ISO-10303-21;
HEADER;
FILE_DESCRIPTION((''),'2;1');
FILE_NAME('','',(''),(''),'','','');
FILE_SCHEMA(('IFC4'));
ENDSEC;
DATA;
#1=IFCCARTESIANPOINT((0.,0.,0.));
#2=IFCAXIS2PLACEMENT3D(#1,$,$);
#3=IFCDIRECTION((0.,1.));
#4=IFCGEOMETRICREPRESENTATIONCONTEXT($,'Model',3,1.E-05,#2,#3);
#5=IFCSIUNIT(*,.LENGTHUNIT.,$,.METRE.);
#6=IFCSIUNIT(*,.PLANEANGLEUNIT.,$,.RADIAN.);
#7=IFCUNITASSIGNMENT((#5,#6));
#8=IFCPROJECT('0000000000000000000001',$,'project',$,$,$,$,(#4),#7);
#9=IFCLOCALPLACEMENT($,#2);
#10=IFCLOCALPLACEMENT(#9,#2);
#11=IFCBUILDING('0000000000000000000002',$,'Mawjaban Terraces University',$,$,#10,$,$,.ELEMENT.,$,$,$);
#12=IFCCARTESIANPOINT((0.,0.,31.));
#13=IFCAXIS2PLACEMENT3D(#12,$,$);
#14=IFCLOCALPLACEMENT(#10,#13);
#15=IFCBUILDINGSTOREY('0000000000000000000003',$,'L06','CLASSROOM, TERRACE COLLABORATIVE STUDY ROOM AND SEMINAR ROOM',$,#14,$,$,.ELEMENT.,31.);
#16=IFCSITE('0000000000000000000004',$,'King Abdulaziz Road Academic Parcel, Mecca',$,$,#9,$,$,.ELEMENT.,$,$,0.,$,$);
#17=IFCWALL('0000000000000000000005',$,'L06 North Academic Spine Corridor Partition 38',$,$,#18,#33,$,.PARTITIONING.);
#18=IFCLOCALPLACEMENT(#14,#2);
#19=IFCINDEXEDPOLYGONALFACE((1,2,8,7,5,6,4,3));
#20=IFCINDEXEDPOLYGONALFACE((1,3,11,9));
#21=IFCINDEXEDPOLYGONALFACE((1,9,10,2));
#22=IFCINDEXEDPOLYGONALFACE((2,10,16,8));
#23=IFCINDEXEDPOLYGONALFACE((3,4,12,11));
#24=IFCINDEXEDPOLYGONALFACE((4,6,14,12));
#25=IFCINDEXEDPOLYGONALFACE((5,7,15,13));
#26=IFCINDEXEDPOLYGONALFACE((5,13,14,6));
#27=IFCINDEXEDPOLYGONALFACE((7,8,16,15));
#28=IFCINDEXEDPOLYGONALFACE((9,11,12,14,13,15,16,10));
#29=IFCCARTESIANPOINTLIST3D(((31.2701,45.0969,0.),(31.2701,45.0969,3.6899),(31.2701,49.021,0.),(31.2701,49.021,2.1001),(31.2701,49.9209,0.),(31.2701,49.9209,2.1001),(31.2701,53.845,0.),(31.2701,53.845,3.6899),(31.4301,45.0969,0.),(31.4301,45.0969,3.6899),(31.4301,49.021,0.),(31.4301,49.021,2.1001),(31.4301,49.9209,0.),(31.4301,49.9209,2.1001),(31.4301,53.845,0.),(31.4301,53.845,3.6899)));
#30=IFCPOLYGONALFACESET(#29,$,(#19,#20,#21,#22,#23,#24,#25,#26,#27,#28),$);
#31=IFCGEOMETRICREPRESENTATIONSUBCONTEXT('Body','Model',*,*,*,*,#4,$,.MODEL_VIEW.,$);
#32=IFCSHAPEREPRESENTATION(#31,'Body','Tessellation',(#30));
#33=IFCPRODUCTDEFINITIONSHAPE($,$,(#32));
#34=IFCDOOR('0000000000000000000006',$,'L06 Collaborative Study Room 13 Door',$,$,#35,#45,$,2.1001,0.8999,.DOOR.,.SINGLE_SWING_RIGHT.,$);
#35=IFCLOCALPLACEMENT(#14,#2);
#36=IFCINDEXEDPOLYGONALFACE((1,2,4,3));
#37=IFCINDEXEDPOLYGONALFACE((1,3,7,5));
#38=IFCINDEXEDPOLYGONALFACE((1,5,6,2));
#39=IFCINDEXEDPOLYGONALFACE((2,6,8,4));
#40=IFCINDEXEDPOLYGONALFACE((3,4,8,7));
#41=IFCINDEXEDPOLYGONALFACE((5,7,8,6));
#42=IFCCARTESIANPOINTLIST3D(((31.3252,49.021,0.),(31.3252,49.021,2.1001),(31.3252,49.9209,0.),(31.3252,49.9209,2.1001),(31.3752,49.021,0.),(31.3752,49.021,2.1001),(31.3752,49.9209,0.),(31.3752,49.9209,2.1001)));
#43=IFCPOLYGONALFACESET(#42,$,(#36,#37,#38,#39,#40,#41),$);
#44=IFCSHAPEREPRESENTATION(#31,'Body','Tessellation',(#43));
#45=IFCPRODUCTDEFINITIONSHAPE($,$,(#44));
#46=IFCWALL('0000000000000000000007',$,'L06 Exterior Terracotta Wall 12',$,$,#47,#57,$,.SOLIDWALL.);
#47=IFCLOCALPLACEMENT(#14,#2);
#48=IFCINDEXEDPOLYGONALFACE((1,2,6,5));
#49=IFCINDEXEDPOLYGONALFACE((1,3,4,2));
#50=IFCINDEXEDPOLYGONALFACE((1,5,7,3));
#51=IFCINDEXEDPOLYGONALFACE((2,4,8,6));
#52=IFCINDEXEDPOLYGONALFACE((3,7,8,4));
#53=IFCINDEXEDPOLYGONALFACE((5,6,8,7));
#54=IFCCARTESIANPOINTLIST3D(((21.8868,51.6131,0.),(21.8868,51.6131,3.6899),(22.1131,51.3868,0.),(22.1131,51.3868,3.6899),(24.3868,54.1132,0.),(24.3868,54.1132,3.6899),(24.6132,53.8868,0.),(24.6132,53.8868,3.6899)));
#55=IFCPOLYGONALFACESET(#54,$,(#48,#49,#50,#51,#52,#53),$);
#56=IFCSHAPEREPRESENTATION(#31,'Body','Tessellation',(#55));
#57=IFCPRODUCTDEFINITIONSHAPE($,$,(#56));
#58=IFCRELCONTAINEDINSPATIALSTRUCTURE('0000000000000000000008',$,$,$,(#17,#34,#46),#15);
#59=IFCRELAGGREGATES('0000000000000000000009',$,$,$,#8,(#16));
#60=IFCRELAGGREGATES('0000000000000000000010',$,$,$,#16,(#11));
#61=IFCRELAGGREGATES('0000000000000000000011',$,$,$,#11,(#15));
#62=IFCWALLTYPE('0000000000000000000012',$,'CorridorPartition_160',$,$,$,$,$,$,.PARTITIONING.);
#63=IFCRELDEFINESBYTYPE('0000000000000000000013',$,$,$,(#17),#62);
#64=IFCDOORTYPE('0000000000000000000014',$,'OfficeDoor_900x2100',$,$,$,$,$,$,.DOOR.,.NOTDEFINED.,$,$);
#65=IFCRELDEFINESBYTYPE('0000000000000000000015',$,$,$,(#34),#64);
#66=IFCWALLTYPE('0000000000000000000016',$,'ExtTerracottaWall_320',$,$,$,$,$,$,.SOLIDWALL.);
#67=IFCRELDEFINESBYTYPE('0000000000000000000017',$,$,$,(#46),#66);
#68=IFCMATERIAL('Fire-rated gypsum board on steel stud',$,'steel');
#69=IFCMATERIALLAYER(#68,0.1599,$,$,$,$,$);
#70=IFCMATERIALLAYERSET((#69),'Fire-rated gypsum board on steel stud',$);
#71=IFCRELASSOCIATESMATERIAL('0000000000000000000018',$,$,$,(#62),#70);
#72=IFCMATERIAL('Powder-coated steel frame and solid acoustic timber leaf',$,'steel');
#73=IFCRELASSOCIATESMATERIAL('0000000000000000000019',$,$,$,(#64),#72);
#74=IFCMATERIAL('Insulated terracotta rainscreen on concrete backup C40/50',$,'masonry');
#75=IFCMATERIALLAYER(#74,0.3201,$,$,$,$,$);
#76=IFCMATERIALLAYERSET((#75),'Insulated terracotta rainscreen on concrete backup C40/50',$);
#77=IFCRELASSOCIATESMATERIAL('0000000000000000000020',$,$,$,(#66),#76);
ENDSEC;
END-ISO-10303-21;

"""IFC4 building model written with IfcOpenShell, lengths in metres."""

from ifc_helpers import new_model, si_unit, direction, frame, frame_2d, origin, place, context, subcontext, project, spatial, rectangle, extrude, material, layer, layer_set, type_object, element, fill, save


model = new_model("IFC4")

# Units and contexts
model_context = context("Model", 3, precision=1e-05, world=origin(), true_north=direction((0.0, 1.0)))
body_context = subcontext(model_context, "Body", "Model", "MODEL_VIEW")
ifc_project = project(units=[si_unit("LENGTHUNIT", "METRE"), si_unit("PLANEANGLEUNIT", "RADIAN")], contexts=[model_context])

# Site, building, storey
site_placement = place(None, origin())
site = spatial("IfcSite", under=ifc_project, at=site_placement, Name="King Abdulaziz Road Academic Parcel, Mecca", CompositionType="ELEMENT", RefElevation=0.0)
building_placement = place(site_placement, origin())
building = spatial("IfcBuilding", under=site, at=building_placement, Name="Mawjaban Terraces University", CompositionType="ELEMENT")
storey_placement = place(building_placement, frame((0.0, 0.0, 31.0)))
storey = spatial("IfcBuildingStorey", under=building, at=storey_placement, Name="L06", Description="CLASSROOM, TERRACE COLLABORATIVE STUDY ROOM AND SEMINAR ROOM", CompositionType="ELEMENT", Elevation=31.0)

# Wall, opening, door
ifc_material_1 = material(Name="Powder-coated steel frame and solid acoustic timber leaf", Category="steel")
ifc_material_2 = material(Name="Fire-rated gypsum board on steel stud", Category="steel")
ifc_layer_1 = layer(ifc_material_2, 0.1599)
ifc_layer_set_1 = layer_set([ifc_layer_1], Name="Fire-rated gypsum board on steel stud")
wall_type_1 = type_object("IfcWallType", Name="CorridorPartition_160", PredefinedType="PARTITIONING", material=ifc_layer_set_1)
door_type_1 = type_object("IfcDoorType", Name="OfficeDoor_900x2100", OperationType="NOTDEFINED", PredefinedType="DOOR", material=ifc_material_1)
wall_1_placement = place(storey_placement, frame((31.3501, 45.0969, 0.0), z_axis=(0.0, 0.0, 1.0), x_axis=(0.0, 1.0, 0.0)))
wall_1 = element("IfcWall", 1, at=wall_1_placement, inside=storey, type_object=wall_type_1, Name="L06 North Academic Spine Corridor Partition 38", PredefinedType="PARTITIONING", context=body_context, shape_type="SweptSolid", body=[
    extrude(rectangle(XDim=8.748, YDim=0.1599, at=frame_2d((4.374, 0.0))), origin(), (0.0, 0.0, 1.0), 3.6899),
])
opening_1_placement = place(wall_1_placement, frame((3.9241, 0.0, 0.0)))
opening_1 = element("IfcOpeningElement", 2, at=opening_1_placement, cuts=wall_1, PredefinedType="OPENING", context=body_context, shape_type="SweptSolid", body=[
    extrude(rectangle(XDim=0.8999, YDim=2.1001, at=frame_2d((0.45, 1.05))), frame((0.0, 0.0898, 0.0), z_axis=(0.0, -1.0, 0.0), x_axis=(1.0, 0.0, 0.0)), (0.0, 0.0, 1.0), 0.1799),
])
door_1_placement = place(opening_1_placement, origin())
door_1 = element("IfcDoor", 3, at=door_1_placement, inside=storey, type_object=door_type_1, Name="L06 Collaborative Study Room 13 Door", OperationType="SINGLE_SWING_RIGHT", OverallHeight=2.1001, OverallWidth=0.8999, PredefinedType="DOOR", context=body_context, shape_type="SweptSolid", body=[
    extrude(rectangle(XDim=0.8999, YDim=2.1001, at=frame_2d((0.45, 1.05))), frame((0.0, 0.0249, 0.0), z_axis=(0.0, -1.0, 0.0), x_axis=(1.0, 0.0, 0.0)), (0.0, 0.0, 1.0), 0.05),
])
fill(opening_1, door_1)

# Wall
ifc_material_3 = material(Name="Insulated terracotta rainscreen on concrete backup C40/50", Category="masonry")
ifc_layer_2 = layer(ifc_material_3, 0.3201)
ifc_layer_set_2 = layer_set([ifc_layer_2], Name="Insulated terracotta rainscreen on concrete backup C40/50")
wall_type_2 = type_object("IfcWallType", Name="ExtTerracottaWall_320", PredefinedType="SOLIDWALL", material=ifc_layer_set_2)
wall_2_placement = place(storey_placement, frame((24.5, 54.0, 0.0), z_axis=(0.0, 0.0, 1.0), x_axis=(-0.707107, -0.707107, 0.0)))
element("IfcWall", 4, at=wall_2_placement, inside=storey, type_object=wall_type_2, Name="L06 Exterior Terracotta Wall 12", PredefinedType="SOLIDWALL", context=body_context, shape_type="SweptSolid", body=[
    extrude(rectangle(XDim=3.5356, YDim=0.3201, at=frame_2d((1.7678, 0.0))), origin(), (0.0, 0.0, 1.0), 3.6899),
])

save(model, "model.ifc")
